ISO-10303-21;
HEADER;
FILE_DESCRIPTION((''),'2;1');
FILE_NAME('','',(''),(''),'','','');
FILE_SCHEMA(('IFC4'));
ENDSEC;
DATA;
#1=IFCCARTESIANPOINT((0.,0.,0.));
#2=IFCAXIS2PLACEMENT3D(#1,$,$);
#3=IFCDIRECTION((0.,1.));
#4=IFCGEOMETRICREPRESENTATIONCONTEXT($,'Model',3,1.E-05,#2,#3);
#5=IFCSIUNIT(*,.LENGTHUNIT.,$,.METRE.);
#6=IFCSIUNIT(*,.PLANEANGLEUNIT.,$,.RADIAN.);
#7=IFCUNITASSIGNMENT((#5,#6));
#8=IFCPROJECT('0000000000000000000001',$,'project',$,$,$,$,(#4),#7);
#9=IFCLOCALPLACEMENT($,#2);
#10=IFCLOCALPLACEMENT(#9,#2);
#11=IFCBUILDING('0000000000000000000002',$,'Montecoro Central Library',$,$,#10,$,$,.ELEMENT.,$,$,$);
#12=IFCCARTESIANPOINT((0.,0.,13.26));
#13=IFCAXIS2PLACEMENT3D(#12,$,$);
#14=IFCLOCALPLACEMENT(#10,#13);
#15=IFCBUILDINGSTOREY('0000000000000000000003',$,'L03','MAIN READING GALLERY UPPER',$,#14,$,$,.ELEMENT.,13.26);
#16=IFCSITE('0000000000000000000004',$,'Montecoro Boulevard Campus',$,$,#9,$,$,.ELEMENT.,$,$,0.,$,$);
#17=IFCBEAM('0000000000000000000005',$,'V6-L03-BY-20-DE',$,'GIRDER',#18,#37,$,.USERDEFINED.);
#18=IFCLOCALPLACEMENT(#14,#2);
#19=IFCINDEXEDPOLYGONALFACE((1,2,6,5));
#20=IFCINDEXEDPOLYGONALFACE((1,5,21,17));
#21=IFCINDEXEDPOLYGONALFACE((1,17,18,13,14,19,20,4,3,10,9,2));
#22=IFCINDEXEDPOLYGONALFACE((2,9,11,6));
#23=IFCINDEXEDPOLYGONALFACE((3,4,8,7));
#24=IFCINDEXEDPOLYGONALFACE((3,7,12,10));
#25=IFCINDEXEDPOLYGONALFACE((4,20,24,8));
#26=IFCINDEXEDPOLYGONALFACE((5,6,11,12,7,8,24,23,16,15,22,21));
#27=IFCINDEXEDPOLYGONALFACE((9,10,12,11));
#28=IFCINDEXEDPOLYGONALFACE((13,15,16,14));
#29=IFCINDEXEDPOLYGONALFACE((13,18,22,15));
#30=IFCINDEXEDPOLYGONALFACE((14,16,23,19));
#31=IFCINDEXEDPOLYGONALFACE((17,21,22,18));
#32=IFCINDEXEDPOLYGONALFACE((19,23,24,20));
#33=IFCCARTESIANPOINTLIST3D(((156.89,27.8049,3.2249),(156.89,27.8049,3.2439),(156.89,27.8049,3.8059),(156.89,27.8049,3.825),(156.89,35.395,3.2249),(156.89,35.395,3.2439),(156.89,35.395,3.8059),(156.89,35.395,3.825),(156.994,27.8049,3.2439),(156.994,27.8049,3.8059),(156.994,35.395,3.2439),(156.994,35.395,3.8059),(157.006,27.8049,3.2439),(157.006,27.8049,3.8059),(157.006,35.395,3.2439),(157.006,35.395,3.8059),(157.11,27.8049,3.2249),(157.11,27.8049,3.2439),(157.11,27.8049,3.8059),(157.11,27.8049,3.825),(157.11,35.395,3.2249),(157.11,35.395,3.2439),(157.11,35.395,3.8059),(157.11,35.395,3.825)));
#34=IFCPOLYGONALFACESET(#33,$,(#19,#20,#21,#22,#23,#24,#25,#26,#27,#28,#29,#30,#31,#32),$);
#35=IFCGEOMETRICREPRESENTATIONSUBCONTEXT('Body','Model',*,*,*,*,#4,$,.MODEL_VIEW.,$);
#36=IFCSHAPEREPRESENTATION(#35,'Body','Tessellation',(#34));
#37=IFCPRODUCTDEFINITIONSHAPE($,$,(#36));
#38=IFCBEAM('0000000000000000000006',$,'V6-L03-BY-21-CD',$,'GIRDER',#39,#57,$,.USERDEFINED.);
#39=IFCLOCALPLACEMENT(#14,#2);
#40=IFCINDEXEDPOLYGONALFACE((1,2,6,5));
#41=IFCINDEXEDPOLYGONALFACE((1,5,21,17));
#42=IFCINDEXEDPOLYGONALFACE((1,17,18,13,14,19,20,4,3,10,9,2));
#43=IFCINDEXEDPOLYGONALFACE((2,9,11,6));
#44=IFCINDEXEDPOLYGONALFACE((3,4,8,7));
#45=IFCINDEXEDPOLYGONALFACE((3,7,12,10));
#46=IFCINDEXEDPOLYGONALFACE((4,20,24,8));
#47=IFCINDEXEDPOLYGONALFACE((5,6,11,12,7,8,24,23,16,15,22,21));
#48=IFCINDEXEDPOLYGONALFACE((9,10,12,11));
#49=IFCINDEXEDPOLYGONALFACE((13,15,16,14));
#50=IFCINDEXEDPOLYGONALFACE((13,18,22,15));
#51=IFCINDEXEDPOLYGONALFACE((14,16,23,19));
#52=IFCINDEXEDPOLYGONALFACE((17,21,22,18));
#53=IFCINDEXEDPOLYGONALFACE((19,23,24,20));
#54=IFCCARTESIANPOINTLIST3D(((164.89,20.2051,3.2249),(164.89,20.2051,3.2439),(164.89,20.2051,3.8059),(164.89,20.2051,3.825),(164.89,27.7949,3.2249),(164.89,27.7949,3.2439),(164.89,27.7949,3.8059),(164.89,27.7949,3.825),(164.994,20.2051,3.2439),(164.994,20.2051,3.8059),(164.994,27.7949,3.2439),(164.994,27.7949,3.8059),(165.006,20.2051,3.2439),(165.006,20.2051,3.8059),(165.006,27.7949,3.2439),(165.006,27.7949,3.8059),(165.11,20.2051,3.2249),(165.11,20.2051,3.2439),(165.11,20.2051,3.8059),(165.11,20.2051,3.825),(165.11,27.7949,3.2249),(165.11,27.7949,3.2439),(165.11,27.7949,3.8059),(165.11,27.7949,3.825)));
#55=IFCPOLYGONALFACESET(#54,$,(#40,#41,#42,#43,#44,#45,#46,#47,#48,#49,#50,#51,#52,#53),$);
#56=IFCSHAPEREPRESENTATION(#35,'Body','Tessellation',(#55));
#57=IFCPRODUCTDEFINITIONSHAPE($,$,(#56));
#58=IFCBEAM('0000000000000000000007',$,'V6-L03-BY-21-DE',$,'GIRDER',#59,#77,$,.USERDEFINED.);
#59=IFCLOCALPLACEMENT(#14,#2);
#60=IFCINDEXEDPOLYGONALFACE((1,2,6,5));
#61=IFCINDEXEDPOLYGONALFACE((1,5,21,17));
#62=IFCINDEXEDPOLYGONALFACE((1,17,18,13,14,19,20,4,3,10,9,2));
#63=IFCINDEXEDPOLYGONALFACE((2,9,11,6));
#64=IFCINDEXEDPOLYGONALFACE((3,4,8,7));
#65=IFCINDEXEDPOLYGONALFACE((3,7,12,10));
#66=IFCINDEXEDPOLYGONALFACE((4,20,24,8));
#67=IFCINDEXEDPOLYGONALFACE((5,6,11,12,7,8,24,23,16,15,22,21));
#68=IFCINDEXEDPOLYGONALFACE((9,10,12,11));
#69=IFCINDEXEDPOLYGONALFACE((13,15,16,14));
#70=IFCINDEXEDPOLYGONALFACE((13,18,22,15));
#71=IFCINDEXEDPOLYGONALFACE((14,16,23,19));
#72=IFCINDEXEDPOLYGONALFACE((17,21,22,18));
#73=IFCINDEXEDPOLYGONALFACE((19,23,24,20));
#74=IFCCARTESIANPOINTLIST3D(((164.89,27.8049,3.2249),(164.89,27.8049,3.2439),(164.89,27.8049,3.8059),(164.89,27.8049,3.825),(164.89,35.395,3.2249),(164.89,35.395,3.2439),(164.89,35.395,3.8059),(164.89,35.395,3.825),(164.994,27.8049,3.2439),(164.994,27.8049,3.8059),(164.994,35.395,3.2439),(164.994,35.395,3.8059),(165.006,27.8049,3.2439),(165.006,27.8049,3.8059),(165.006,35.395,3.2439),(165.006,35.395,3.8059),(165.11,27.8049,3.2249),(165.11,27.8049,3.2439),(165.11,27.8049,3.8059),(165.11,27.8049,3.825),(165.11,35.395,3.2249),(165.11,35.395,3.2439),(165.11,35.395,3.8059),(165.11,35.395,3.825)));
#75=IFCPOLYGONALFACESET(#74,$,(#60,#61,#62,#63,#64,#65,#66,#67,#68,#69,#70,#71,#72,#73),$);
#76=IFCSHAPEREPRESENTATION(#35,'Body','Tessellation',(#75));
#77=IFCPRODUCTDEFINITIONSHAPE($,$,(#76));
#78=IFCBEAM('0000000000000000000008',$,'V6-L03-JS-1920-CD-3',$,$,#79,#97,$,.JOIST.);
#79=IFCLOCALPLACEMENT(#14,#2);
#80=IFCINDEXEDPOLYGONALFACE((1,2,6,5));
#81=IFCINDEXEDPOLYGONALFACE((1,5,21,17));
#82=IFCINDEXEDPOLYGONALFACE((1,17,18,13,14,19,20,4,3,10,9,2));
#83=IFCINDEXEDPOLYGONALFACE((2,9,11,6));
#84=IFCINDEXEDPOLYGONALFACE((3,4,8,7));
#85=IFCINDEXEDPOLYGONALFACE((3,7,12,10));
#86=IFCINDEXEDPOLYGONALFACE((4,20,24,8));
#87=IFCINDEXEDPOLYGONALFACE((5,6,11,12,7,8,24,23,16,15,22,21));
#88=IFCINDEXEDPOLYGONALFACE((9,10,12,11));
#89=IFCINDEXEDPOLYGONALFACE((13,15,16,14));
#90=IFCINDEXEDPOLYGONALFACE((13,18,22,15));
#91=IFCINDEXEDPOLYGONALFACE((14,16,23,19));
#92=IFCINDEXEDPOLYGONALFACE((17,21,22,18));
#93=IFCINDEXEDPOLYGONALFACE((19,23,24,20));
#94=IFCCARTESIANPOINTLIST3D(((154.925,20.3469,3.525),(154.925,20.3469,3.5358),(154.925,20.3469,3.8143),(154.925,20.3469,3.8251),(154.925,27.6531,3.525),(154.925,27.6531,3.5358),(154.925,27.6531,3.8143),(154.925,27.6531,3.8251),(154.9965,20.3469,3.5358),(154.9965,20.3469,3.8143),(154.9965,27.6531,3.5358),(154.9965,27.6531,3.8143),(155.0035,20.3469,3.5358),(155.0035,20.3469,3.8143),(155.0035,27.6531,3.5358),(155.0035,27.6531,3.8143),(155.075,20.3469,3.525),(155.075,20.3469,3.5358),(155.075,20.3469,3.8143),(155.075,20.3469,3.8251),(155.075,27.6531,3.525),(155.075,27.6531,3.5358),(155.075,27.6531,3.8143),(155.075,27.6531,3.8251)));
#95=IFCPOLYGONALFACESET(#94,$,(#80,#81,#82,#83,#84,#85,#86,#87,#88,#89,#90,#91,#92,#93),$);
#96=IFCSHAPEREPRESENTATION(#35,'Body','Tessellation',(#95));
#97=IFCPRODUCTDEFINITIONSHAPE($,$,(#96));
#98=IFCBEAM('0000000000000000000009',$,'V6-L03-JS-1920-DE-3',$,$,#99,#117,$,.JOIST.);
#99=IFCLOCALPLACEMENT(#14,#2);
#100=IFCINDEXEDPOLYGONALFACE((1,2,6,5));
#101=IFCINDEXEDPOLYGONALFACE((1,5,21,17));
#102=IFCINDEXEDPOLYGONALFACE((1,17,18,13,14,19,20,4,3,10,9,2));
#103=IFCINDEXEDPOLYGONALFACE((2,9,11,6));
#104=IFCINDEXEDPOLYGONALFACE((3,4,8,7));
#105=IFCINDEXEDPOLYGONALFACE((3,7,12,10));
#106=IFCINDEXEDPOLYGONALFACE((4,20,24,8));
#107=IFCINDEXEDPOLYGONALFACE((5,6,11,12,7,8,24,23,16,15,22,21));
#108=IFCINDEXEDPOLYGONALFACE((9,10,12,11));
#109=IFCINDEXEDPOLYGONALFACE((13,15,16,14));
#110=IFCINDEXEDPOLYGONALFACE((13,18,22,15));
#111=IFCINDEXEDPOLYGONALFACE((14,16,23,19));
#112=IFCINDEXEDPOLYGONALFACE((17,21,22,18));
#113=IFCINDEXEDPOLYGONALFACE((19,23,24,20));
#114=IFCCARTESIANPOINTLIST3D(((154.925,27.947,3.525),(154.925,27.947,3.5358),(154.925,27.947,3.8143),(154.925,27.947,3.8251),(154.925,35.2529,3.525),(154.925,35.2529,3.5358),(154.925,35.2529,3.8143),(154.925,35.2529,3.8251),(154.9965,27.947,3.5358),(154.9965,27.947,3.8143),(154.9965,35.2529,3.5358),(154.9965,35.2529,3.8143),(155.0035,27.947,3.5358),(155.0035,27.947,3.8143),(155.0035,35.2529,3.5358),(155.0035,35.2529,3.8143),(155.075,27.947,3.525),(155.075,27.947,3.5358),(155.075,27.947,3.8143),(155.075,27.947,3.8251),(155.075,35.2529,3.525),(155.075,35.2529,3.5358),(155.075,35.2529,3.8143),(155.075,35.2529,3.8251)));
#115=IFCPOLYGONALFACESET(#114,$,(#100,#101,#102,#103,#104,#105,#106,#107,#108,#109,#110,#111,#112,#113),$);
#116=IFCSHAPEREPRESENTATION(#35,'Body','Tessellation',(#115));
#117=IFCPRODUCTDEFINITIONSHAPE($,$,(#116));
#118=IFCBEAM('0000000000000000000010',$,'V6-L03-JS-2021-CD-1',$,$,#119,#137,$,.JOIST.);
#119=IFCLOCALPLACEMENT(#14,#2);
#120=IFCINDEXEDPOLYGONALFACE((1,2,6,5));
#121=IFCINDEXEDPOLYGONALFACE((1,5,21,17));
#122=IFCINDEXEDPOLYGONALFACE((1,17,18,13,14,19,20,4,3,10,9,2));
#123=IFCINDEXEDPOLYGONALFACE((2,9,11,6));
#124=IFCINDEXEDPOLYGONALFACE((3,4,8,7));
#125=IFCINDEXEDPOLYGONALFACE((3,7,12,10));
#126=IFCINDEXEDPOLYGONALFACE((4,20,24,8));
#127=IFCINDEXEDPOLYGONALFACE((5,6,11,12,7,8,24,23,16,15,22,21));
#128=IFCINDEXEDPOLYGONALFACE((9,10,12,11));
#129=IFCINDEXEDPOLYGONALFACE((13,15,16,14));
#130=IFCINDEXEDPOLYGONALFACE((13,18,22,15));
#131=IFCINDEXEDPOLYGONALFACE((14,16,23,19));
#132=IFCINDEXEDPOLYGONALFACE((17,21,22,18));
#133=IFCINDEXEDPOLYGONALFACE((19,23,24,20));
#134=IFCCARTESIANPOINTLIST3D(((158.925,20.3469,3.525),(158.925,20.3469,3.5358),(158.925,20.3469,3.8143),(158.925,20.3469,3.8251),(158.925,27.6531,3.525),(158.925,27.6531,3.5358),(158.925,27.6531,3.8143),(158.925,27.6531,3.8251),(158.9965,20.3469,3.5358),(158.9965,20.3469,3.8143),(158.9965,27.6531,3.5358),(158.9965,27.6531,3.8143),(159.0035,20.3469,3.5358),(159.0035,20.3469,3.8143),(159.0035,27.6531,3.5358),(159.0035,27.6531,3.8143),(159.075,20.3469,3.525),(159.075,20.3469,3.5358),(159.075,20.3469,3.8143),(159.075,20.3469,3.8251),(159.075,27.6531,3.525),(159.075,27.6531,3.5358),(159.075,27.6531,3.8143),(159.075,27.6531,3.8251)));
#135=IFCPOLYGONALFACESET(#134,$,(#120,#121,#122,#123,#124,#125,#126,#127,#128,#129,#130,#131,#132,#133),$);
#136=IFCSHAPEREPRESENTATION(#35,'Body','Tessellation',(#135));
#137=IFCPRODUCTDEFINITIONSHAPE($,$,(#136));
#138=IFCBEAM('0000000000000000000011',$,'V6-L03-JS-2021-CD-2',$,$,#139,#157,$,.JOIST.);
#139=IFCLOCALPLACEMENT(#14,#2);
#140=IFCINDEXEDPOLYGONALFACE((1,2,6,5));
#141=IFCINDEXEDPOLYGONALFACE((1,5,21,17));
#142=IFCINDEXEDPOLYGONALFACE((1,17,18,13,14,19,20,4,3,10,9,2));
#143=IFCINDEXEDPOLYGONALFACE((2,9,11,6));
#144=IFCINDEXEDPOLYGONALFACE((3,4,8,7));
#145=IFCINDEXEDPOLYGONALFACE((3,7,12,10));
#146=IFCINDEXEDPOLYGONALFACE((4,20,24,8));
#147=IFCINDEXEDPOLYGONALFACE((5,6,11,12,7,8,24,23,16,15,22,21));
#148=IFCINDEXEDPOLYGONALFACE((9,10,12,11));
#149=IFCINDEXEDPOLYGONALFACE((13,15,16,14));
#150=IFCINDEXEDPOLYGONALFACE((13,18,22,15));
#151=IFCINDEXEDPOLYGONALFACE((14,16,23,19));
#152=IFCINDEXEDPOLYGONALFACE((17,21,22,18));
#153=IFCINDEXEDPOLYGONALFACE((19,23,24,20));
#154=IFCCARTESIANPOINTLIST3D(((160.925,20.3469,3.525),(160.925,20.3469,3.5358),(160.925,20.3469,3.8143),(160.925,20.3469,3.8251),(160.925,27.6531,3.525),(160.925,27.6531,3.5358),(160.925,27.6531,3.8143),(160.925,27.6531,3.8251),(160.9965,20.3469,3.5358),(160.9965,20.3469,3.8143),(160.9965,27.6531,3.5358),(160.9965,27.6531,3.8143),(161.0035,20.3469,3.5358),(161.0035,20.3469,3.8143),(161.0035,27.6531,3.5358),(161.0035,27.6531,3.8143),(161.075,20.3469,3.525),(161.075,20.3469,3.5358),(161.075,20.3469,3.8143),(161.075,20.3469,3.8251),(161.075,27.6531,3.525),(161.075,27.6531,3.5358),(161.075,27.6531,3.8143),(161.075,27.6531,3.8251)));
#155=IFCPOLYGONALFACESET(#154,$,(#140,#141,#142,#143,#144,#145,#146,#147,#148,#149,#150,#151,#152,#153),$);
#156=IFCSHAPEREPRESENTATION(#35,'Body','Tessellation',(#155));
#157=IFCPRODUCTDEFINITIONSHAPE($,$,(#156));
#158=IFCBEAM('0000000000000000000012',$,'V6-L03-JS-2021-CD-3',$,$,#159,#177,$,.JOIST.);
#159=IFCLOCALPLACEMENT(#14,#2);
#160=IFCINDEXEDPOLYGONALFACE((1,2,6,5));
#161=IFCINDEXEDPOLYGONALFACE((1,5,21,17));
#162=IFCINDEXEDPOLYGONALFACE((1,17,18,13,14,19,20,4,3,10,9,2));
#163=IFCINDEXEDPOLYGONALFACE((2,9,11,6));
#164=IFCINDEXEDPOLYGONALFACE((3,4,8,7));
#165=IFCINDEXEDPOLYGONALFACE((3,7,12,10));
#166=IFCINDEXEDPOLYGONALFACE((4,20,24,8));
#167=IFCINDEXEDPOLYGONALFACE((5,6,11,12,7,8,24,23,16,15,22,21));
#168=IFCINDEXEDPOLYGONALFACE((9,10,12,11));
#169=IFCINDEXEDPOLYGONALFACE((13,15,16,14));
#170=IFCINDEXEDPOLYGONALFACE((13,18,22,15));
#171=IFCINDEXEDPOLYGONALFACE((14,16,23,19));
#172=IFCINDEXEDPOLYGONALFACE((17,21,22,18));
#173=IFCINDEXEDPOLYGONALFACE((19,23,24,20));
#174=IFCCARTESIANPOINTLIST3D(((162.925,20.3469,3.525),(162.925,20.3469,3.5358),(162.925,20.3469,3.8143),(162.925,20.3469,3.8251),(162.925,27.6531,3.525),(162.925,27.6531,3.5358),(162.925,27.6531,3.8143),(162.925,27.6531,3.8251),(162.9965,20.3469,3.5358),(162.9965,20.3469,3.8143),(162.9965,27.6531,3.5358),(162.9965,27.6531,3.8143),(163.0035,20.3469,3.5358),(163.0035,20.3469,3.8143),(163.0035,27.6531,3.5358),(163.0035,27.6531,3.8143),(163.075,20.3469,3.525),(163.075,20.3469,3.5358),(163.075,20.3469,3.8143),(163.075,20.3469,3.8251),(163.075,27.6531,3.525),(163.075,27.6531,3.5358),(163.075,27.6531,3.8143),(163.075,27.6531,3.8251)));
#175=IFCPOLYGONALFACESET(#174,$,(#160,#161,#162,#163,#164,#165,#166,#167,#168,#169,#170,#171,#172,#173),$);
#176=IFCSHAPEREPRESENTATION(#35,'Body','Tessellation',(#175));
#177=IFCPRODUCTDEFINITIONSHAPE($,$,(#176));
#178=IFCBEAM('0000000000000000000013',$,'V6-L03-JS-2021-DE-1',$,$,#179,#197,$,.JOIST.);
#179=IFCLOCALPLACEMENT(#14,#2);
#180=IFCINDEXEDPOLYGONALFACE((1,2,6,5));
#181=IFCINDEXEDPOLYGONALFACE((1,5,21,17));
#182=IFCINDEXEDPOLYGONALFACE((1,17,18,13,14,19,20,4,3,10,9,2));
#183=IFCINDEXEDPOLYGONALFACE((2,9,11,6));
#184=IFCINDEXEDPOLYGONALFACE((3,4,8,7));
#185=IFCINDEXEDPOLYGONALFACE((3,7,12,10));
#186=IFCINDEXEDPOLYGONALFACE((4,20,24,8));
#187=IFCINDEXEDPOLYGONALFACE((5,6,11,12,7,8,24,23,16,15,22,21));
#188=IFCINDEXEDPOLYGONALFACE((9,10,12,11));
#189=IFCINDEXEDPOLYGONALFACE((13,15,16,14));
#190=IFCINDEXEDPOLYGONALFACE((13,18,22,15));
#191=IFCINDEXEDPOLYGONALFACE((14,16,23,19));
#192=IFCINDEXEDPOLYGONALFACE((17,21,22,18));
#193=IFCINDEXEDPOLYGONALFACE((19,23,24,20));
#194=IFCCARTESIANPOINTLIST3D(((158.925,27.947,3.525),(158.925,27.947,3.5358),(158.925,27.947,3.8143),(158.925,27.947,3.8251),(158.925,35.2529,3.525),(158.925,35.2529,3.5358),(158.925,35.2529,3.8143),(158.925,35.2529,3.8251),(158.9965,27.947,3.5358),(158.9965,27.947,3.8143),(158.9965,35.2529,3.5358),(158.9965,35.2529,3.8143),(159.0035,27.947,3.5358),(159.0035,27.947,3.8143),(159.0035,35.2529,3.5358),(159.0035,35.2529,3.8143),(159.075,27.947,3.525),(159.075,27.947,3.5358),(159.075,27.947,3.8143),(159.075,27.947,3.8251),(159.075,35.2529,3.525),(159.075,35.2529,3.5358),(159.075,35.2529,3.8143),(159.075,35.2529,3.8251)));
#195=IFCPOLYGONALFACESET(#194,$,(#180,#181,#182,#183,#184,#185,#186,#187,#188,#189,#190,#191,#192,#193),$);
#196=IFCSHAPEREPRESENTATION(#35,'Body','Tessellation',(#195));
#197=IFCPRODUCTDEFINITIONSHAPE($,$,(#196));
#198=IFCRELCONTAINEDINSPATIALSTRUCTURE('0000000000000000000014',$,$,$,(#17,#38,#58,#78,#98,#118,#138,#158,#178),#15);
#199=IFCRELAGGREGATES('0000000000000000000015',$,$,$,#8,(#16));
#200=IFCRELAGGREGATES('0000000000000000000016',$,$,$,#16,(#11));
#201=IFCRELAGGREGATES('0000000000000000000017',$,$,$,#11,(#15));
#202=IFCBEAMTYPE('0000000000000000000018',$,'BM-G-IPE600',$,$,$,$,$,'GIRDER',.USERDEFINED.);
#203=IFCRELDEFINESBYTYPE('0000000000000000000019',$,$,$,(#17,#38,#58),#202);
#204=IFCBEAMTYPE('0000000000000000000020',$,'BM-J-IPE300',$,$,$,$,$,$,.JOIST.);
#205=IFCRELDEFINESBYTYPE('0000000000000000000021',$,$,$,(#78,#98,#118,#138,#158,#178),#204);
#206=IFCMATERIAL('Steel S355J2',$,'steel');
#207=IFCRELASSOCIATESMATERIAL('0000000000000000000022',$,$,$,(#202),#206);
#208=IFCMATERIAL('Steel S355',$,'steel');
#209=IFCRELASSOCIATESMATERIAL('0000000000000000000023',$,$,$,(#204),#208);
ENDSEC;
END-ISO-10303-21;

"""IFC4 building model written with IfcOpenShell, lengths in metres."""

from ifc_helpers import new_model, si_unit, direction, frame, origin, origin_2d, place, context, subcontext, project, spatial, i_section, extrude, material, material_profile, profile_set, type_object, element, save


model = new_model("IFC4")

# Units and contexts
model_context = context("Model", 3, precision=1e-05, world=origin(), true_north=direction((0.0, 1.0)))
body_context = subcontext(model_context, "Body", "Model", "MODEL_VIEW")
ifc_project = project(units=[si_unit("LENGTHUNIT", "METRE"), si_unit("PLANEANGLEUNIT", "RADIAN")], contexts=[model_context])

# Site, building, storey
site_placement = place(None, origin())
site = spatial("IfcSite", under=ifc_project, at=site_placement, Name="Montecoro Boulevard Campus", CompositionType="ELEMENT", RefElevation=0.0)
building_placement = place(site_placement, origin())
building = spatial("IfcBuilding", under=site, at=building_placement, Name="Montecoro Central Library", CompositionType="ELEMENT")
storey_placement = place(building_placement, frame((0.0, 0.0, 13.26)))
storey = spatial("IfcBuildingStorey", under=building, at=storey_placement, Name="L03", Description="MAIN READING GALLERY UPPER", CompositionType="ELEMENT", Elevation=13.26)

# Shared definitions
ifc_material_1 = material(Name="Steel S355", Category="steel")

# Beams
ifc_material_2 = material(Name="Steel S355J2", Category="steel")
ifc_material_profile_1 = material_profile(ifc_material_2, i_section(OverallWidth=0.22, OverallDepth=0.6001, WebThickness=0.012, FlangeThickness=0.019, at=origin_2d()), Name="IPE 600")
ifc_profile_set_1 = profile_set([ifc_material_profile_1], Name="Steel S355J2")
beam_type_1 = type_object("IfcBeamType", Name="BM-G-IPE600", ElementType="GIRDER", PredefinedType="USERDEFINED", material=ifc_profile_set_1)
beam_1_placement = place(storey_placement, frame((157.0, 27.8049, 3.5249), z_axis=(0.0, 1.0, 0.0), x_axis=(-1.0, 0.0, 0.0)))
element("IfcBeam", 1, at=beam_1_placement, inside=storey, type_object=beam_type_1, Name="V6-L03-BY-20-DE", ObjectType="GIRDER", PredefinedType="USERDEFINED", context=body_context, shape_type="SweptSolid", body=[
    extrude(i_section(OverallWidth=0.22, OverallDepth=0.6001, WebThickness=0.012, FlangeThickness=0.019, at=origin_2d()), origin(), (0.0, 0.0, 1.0), 7.5901),
])
beam_2_placement = place(storey_placement, frame((165.0, 20.2051, 3.5249), z_axis=(0.0, 1.0, 0.0), x_axis=(-1.0, 0.0, 0.0)))
element("IfcBeam", 2, at=beam_2_placement, inside=storey, type_object=beam_type_1, Name="V6-L03-BY-21-CD", ObjectType="GIRDER", PredefinedType="USERDEFINED", context=body_context, shape_type="SweptSolid", body=[
    extrude(i_section(OverallWidth=0.22, OverallDepth=0.6001, WebThickness=0.012, FlangeThickness=0.019, at=origin_2d()), origin(), (0.0, 0.0, 1.0), 7.5898),
])
beam_3_placement = place(storey_placement, frame((165.0, 27.8049, 3.5249), z_axis=(0.0, 1.0, 0.0), x_axis=(-1.0, 0.0, 0.0)))
element("IfcBeam", 3, at=beam_3_placement, inside=storey, type_object=beam_type_1, Name="V6-L03-BY-21-DE", ObjectType="GIRDER", PredefinedType="USERDEFINED", context=body_context, shape_type="SweptSolid", body=[
    extrude(i_section(OverallWidth=0.22, OverallDepth=0.6001, WebThickness=0.012, FlangeThickness=0.019, at=origin_2d()), origin(), (0.0, 0.0, 1.0), 7.5901),
])
ifc_material_profile_2 = material_profile(ifc_material_1, i_section(OverallWidth=0.1499, OverallDepth=0.3, WebThickness=0.0071, FlangeThickness=0.0107, at=origin_2d()), Name="IPE 300")
ifc_profile_set_2 = profile_set([ifc_material_profile_2], Name="Steel S355")
beam_type_2 = type_object("IfcBeamType", Name="BM-J-IPE300", PredefinedType="JOIST", material=ifc_profile_set_2)
beam_4_placement = place(storey_placement, frame((155.0, 20.3469, 3.675), z_axis=(0.0, 1.0, 0.0), x_axis=(-1.0, 0.0, 0.0)))
element("IfcBeam", 4, at=beam_4_placement, inside=storey, type_object=beam_type_2, Name="V6-L03-JS-1920-CD-3", PredefinedType="JOIST", context=body_context, shape_type="SweptSolid", body=[
    extrude(i_section(OverallWidth=0.1499, OverallDepth=0.3, WebThickness=0.0071, FlangeThickness=0.0107, at=origin_2d()), origin(), (0.0, 0.0, 1.0), 7.3062),
])
beam_5_placement = place(storey_placement, frame((155.0, 27.947, 3.675), z_axis=(0.0, 1.0, 0.0), x_axis=(-1.0, 0.0, 0.0)))
element("IfcBeam", 5, at=beam_5_placement, inside=storey, type_object=beam_type_2, Name="V6-L03-JS-1920-DE-3", PredefinedType="JOIST", context=body_context, shape_type="SweptSolid", body=[
    extrude(i_section(OverallWidth=0.1499, OverallDepth=0.3, WebThickness=0.0071, FlangeThickness=0.0107, at=origin_2d()), origin(), (0.0, 0.0, 1.0), 7.3059),
])
for number, where, z_axis, x_axis, name in (
    (6, (159.0, 20.3469, 3.675), (0.0, 1.0, 0.0), (-1.0, 0.0, 0.0), "V6-L03-JS-2021-CD-1"),
    (7, (161.0, 20.3469, 3.675), (0.0, 1.0, 0.0), (-1.0, 0.0, 0.0), "V6-L03-JS-2021-CD-2"),
    (8, (163.0, 20.3469, 3.675), (0.0, 1.0, 0.0), (-1.0, 0.0, 0.0), "V6-L03-JS-2021-CD-3"),
):
    element("IfcBeam", number, at=place(storey_placement, frame(where, z_axis=z_axis, x_axis=x_axis)), inside=storey, type_object=beam_type_2, Name=name, PredefinedType="JOIST", context=body_context, shape_type="SweptSolid", body=[
        extrude(i_section(OverallWidth=0.1499, OverallDepth=0.3, WebThickness=0.0071, FlangeThickness=0.0107, at=origin_2d()), origin(), (0.0, 0.0, 1.0), 7.3062),
    ])
for number, where, z_axis, x_axis, name in (
    (9, (159.0, 27.947, 3.675), (0.0, 1.0, 0.0), (-1.0, 0.0, 0.0), "V6-L03-JS-2021-DE-1"),
):
    element("IfcBeam", number, at=place(storey_placement, frame(where, z_axis=z_axis, x_axis=x_axis)), inside=storey, type_object=beam_type_2, Name=name, PredefinedType="JOIST", context=body_context, shape_type="SweptSolid", body=[
        extrude(i_section(OverallWidth=0.1499, OverallDepth=0.3, WebThickness=0.0071, FlangeThickness=0.0107, at=origin_2d()), origin(), (0.0, 0.0, 1.0), 7.3059),
    ])

save(model, "model.ifc")
